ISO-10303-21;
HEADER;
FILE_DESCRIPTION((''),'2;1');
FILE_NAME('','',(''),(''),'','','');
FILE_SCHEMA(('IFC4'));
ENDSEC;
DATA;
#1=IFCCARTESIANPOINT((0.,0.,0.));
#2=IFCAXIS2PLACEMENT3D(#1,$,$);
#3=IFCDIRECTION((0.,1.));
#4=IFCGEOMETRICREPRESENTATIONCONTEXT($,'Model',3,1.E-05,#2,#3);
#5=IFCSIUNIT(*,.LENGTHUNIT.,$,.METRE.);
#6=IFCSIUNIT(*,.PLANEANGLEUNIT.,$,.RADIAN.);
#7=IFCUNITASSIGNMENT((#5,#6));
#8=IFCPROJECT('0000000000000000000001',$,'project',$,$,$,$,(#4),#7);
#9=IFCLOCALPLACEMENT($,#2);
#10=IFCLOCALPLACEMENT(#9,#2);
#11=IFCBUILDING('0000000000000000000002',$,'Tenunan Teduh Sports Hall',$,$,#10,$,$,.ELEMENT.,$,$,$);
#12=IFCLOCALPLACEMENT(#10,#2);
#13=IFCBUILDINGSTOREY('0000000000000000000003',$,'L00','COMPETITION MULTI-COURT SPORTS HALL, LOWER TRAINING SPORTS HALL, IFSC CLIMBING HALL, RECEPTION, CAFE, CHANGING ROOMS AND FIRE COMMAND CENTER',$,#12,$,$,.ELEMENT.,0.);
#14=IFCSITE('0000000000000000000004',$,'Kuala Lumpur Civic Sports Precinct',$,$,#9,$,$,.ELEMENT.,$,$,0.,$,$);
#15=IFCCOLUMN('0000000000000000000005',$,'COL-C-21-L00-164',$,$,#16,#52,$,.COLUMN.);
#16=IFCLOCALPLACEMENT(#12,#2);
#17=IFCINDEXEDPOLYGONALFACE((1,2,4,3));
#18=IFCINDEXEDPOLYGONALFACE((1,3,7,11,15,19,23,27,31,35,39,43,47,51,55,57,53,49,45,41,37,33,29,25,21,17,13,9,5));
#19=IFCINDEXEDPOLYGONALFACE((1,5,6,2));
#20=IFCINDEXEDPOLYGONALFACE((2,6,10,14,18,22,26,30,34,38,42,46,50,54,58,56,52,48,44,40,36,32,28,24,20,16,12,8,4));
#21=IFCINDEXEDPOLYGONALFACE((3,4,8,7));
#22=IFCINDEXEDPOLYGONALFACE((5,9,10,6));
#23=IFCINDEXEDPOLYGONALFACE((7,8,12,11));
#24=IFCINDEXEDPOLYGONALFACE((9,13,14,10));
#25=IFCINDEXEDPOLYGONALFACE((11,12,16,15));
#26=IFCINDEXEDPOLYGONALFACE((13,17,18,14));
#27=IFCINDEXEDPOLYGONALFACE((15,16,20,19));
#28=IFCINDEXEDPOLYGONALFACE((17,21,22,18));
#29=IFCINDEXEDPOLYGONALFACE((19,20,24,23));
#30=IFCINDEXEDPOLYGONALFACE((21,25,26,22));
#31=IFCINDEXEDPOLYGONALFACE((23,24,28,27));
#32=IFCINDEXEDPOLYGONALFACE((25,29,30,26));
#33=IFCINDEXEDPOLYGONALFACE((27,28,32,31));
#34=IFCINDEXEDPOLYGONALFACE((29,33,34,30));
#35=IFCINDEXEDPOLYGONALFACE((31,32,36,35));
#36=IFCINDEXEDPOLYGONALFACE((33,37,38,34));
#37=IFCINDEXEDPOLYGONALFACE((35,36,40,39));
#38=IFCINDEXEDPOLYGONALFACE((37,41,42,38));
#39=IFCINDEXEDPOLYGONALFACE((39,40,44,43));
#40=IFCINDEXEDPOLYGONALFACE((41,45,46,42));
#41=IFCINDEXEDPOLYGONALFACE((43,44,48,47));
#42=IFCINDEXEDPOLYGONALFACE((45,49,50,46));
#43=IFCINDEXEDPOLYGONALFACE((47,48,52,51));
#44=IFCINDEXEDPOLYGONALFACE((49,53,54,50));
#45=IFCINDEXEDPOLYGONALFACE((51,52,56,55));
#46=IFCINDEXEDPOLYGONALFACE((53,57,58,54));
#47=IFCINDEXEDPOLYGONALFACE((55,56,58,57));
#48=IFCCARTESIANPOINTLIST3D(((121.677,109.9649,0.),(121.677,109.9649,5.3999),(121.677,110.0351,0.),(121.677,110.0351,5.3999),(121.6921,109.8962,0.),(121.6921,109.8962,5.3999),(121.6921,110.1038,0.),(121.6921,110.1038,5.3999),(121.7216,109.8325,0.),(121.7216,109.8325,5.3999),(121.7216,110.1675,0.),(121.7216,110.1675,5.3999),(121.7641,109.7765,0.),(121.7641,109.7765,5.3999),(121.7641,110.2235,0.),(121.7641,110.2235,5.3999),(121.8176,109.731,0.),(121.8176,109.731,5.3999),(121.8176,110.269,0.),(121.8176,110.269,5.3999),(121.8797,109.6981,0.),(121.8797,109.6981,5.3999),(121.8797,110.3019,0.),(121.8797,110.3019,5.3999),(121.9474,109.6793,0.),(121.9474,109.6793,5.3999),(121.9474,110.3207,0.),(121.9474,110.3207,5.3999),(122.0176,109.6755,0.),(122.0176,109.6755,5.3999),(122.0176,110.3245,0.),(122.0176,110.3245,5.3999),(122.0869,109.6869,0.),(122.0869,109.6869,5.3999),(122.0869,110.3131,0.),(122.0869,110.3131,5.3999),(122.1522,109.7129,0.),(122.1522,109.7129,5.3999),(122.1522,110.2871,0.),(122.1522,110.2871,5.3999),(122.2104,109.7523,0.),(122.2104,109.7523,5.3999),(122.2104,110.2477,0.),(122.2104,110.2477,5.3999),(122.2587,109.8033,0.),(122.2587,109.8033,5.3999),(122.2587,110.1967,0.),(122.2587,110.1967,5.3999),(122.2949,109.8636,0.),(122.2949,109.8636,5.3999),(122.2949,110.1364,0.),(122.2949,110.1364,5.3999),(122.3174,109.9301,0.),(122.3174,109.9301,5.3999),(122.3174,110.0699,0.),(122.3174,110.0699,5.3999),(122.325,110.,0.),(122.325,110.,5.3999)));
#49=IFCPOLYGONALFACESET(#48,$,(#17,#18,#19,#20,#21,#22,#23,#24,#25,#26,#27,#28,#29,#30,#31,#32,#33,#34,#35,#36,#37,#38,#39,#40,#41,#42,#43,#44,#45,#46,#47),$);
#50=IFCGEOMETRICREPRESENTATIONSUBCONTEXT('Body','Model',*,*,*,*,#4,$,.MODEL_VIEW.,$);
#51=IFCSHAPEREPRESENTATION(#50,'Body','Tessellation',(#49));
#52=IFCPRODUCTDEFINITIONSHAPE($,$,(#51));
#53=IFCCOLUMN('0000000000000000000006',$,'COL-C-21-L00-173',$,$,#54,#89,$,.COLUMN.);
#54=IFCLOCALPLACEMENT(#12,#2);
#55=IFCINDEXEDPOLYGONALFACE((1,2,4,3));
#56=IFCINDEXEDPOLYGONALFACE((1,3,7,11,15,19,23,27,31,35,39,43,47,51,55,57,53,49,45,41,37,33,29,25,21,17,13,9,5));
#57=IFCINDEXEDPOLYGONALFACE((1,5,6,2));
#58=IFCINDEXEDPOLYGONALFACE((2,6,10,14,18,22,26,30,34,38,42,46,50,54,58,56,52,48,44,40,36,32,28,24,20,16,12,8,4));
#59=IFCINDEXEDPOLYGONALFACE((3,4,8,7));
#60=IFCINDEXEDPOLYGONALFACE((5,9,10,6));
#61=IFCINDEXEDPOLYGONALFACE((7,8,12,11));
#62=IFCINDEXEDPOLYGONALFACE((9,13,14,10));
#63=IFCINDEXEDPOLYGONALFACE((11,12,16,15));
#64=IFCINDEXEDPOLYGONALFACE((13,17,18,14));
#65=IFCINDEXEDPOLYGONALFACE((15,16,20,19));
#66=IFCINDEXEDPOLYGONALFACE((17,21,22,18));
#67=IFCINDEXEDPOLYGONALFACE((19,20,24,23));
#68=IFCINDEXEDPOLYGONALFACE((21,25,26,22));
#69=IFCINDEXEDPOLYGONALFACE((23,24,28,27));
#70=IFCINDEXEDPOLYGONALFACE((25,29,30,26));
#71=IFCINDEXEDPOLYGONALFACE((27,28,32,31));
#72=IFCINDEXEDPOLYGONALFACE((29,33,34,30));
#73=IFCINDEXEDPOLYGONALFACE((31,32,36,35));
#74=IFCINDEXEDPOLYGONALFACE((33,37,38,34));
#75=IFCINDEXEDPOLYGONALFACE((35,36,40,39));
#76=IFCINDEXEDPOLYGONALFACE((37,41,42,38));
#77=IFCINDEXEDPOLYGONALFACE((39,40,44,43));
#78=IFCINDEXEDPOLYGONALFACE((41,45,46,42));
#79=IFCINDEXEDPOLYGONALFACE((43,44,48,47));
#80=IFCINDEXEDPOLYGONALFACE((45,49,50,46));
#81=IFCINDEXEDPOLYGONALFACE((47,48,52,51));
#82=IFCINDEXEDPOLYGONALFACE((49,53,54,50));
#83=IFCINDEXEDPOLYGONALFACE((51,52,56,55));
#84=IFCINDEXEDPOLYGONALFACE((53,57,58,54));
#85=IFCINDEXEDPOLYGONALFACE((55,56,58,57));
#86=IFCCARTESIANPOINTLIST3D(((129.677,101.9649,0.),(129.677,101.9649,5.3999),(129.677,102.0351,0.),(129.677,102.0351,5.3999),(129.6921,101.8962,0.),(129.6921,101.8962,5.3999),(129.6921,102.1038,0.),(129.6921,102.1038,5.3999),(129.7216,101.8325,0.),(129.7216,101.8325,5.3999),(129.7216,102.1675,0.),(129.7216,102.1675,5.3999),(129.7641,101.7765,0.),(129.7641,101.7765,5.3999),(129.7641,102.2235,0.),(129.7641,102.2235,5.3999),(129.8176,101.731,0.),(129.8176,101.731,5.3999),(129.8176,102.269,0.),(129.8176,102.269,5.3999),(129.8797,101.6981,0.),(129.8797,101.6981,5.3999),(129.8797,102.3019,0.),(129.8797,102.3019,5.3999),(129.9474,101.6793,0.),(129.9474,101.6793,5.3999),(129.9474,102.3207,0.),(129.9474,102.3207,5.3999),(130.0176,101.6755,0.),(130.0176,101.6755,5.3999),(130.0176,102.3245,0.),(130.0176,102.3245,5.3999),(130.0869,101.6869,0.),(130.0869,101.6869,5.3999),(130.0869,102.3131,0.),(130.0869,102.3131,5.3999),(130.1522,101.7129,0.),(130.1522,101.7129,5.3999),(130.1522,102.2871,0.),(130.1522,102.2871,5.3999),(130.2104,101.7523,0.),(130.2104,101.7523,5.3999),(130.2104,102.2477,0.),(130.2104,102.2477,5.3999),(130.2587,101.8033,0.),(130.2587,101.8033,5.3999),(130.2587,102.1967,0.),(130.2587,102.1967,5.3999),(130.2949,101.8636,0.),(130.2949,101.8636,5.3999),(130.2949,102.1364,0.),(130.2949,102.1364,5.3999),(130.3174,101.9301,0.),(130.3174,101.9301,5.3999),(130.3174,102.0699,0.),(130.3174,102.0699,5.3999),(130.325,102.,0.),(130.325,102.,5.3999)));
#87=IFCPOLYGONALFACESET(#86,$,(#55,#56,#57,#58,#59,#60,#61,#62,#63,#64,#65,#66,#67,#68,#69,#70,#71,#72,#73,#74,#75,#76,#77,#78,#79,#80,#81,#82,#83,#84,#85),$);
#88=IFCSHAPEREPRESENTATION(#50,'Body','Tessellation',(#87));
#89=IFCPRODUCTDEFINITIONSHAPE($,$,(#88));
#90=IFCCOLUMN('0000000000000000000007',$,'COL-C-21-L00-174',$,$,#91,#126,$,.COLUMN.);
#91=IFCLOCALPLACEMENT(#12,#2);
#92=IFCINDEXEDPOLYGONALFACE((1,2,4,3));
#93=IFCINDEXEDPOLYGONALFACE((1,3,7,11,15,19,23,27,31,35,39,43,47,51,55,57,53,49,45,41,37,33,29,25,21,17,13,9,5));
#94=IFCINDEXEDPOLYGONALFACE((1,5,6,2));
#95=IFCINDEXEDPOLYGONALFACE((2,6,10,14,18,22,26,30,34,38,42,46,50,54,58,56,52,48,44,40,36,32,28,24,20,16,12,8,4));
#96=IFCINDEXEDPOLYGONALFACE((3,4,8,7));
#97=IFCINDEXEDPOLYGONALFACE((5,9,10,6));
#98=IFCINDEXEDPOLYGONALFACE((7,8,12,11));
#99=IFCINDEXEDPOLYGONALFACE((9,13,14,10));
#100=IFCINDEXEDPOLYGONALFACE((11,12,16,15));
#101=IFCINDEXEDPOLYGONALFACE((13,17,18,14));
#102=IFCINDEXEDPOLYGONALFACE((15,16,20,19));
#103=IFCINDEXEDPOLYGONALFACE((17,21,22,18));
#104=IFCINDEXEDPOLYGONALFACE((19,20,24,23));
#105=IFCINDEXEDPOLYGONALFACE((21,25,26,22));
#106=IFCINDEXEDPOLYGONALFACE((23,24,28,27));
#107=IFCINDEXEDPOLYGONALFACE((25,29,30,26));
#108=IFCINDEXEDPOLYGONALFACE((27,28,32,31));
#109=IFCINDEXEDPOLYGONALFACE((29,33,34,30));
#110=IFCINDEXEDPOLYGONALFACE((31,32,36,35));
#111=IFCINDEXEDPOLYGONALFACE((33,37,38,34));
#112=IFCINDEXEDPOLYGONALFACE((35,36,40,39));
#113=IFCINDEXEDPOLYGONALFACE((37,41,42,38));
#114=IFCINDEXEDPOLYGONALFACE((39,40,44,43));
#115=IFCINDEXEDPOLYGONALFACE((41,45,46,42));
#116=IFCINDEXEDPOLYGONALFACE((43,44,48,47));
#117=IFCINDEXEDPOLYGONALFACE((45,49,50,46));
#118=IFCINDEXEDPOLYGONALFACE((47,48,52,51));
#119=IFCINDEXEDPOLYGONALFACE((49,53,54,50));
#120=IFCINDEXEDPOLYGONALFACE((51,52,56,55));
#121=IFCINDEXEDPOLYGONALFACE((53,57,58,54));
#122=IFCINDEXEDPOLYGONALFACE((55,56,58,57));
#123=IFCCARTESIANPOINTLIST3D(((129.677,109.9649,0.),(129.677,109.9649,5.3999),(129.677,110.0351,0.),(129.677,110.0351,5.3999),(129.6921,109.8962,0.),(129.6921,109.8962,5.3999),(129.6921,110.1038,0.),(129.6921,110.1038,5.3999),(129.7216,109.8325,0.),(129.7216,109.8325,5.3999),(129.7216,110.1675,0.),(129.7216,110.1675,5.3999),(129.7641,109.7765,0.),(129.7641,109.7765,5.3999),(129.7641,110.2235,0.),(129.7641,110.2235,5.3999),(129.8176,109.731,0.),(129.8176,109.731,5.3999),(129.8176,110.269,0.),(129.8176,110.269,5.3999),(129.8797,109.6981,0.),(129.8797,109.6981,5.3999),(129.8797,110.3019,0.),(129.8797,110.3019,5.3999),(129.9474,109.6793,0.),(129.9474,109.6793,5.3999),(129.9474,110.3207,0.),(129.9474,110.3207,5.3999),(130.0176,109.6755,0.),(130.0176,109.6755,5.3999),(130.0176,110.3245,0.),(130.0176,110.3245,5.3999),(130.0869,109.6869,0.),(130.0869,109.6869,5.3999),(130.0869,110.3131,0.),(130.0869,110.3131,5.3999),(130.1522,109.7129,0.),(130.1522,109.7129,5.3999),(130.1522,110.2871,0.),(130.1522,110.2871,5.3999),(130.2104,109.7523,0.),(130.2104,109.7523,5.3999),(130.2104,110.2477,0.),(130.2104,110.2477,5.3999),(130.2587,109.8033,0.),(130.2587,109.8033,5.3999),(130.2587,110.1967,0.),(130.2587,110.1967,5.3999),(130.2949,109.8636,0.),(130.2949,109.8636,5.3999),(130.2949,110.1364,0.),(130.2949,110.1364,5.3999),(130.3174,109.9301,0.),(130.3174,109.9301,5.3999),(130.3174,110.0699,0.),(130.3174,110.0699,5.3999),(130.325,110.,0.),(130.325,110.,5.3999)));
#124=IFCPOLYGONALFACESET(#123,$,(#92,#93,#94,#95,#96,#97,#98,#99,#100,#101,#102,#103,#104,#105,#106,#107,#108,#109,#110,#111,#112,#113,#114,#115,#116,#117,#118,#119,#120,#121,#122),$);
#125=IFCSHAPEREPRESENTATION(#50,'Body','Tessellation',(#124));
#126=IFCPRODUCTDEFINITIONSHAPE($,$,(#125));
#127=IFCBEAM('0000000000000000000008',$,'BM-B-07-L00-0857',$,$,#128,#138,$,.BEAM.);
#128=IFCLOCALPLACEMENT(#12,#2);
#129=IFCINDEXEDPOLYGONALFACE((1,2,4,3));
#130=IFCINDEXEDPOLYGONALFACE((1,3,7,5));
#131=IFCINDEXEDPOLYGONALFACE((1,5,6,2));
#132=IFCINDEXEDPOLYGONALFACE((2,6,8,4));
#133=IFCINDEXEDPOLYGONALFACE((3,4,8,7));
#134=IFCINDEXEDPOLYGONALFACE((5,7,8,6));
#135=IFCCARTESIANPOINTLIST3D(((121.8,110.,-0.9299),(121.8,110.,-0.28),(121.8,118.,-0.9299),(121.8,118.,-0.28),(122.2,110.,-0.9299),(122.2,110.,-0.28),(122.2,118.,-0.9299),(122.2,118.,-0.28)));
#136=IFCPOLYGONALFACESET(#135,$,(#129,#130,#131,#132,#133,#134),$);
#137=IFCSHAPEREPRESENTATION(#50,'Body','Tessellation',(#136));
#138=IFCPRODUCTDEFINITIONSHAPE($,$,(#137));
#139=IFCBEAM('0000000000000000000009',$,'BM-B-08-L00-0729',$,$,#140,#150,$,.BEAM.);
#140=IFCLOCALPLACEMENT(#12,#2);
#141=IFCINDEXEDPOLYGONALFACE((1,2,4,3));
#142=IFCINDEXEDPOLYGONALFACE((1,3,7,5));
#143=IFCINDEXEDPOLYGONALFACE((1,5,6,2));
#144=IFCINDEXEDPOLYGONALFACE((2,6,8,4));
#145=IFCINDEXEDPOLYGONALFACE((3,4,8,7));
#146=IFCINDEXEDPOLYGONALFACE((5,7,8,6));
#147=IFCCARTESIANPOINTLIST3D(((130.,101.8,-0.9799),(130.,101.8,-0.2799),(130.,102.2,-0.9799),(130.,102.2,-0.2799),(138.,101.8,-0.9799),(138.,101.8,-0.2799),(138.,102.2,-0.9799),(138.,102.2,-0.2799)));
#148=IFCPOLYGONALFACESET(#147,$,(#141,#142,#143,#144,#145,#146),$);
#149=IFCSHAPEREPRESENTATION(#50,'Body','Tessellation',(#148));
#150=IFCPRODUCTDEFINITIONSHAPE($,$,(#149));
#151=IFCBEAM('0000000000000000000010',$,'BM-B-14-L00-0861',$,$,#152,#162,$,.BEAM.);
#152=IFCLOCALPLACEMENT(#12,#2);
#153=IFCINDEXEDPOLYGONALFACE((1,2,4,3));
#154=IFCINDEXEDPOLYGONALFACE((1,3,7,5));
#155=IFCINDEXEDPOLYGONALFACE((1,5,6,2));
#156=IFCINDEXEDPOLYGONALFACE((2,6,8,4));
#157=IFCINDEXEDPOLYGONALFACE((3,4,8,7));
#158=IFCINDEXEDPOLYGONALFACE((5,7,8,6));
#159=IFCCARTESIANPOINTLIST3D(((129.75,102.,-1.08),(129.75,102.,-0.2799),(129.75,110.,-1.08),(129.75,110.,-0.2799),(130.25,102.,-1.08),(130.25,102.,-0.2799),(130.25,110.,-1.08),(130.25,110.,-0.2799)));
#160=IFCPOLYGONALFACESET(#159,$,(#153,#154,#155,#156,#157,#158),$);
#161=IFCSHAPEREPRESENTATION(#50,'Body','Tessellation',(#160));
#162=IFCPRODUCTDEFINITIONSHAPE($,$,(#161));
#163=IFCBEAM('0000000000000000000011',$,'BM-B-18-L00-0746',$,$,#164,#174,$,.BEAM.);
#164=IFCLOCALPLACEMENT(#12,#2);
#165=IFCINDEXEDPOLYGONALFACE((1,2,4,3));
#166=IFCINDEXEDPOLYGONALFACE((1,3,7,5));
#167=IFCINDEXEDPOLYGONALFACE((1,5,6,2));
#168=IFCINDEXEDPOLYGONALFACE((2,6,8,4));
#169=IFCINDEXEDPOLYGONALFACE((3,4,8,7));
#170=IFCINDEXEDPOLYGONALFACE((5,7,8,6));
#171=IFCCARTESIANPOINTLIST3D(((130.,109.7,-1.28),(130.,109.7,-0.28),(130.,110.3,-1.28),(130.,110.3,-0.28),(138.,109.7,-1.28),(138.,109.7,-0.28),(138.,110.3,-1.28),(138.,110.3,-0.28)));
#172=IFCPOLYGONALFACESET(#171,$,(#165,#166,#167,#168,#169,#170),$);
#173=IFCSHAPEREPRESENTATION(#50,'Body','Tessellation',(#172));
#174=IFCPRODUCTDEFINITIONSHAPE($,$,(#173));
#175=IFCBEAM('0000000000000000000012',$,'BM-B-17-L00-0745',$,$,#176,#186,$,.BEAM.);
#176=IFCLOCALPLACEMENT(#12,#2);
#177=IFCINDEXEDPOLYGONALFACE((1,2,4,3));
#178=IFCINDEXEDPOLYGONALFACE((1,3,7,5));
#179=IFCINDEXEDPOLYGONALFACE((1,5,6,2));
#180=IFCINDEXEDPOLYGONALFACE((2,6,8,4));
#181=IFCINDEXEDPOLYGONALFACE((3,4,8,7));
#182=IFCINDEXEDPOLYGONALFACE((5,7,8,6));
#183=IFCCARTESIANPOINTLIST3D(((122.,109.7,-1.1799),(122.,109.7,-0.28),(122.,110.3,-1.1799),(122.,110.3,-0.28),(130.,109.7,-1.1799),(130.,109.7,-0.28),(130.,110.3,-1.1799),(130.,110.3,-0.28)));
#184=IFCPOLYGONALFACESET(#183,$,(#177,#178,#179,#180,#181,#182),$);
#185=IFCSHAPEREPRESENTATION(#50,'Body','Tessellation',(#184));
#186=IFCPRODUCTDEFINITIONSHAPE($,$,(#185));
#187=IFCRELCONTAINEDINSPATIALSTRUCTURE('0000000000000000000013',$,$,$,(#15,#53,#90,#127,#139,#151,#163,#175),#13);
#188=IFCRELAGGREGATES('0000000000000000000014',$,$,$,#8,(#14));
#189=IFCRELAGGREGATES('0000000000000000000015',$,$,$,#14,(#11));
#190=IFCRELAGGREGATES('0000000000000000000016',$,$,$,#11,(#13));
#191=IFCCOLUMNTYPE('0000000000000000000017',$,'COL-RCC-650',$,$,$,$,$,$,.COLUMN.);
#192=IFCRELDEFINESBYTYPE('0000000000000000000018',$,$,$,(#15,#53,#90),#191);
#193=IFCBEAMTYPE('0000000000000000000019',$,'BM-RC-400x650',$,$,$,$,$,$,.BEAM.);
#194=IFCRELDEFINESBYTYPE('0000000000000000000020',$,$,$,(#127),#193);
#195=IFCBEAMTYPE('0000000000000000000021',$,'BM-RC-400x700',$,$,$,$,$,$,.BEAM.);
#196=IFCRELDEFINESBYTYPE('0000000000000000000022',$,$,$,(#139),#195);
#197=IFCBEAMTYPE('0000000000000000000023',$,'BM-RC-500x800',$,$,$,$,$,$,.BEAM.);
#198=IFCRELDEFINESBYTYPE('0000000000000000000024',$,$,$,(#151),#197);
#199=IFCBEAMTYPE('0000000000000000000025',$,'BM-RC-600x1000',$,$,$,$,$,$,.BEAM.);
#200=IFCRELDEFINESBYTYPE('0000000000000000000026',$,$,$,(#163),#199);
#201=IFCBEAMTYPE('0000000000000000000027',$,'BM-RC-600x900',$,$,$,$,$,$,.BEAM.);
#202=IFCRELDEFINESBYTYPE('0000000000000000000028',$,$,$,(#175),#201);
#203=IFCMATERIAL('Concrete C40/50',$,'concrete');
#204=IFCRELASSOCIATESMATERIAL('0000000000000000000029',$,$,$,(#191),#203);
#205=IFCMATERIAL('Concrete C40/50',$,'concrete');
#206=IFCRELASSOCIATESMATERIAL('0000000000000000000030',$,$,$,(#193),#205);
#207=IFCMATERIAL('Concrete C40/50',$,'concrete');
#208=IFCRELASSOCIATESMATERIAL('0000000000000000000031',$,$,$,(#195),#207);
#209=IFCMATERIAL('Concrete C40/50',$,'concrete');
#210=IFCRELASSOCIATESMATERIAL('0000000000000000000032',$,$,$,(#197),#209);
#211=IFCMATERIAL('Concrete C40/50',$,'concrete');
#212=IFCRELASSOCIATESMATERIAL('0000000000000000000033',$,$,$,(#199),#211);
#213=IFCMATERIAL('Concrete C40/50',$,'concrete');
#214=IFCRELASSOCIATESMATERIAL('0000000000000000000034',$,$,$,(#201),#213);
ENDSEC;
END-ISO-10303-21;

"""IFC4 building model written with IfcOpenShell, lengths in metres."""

from ifc_helpers import new_model, si_unit, direction, frame, origin, origin_2d, place, context, subcontext, project, spatial, rectangle, circle, extrude, material, material_profile, profile_set, type_object, element, save


model = new_model("IFC4")

# Units and contexts
model_context = context("Model", 3, precision=1e-05, world=origin(), true_north=direction((0.0, 1.0)))
body_context = subcontext(model_context, "Body", "Model", "MODEL_VIEW")
ifc_project = project(units=[si_unit("LENGTHUNIT", "METRE"), si_unit("PLANEANGLEUNIT", "RADIAN")], contexts=[model_context])

# Site, building, storey
site_placement = place(None, origin())
site = spatial("IfcSite", under=ifc_project, at=site_placement, Name="Kuala Lumpur Civic Sports Precinct", CompositionType="ELEMENT", RefElevation=0.0)
building_placement = place(site_placement, origin())
building = spatial("IfcBuilding", under=site, at=building_placement, Name="Tenunan Teduh Sports Hall", CompositionType="ELEMENT")
storey_placement = place(building_placement, origin())
storey = spatial("IfcBuildingStorey", under=building, at=storey_placement, Name="L00", Description="COMPETITION MULTI-COURT SPORTS HALL, LOWER TRAINING SPORTS HALL, IFSC CLIMBING HALL, RECEPTION, CAFE, CHANGING ROOMS AND FIRE COMMAND CENTER", CompositionType="ELEMENT", Elevation=0.0)

# Columns
ifc_material_1 = material(Name="Concrete C40/50", Category="concrete")
ifc_material_profile_1 = material_profile(ifc_material_1, circle(Radius=0.325, at=origin_2d()), Name="RCC D650")
ifc_profile_set_1 = profile_set([ifc_material_profile_1], Name="Concrete C40/50")
column_type = type_object("IfcColumnType", Name="COL-RCC-650", PredefinedType="COLUMN", material=ifc_profile_set_1)
for number, where, z_axis, x_axis, name in (
    (1, (122.0, 110.0, 0.0), (0.0, 0.0, 1.0), (1.0, 0.0, 0.0), "COL-C-21-L00-164"),
    (2, (130.0, 102.0, 0.0), (0.0, 0.0, 1.0), (1.0, 0.0, 0.0), "COL-C-21-L00-173"),
    (3, (130.0, 110.0, 0.0), (0.0, 0.0, 1.0), (1.0, 0.0, 0.0), "COL-C-21-L00-174"),
):
    element("IfcColumn", number, at=place(storey_placement, frame(where, z_axis=z_axis, x_axis=x_axis)), inside=storey, type_object=column_type, Name=name, PredefinedType="COLUMN", context=body_context, shape_type="SweptSolid", body=[
        extrude(circle(Radius=0.325, at=origin_2d()), origin(), (0.0, 0.0, 1.0), 5.3999),
    ])

# Beams
ifc_material_2 = material(Name="Concrete C40/50", Category="concrete")
ifc_material_profile_2 = material_profile(ifc_material_2, rectangle(XDim=0.3999, YDim=0.6499, at=origin_2d()), Name="RCB 400x650")
ifc_profile_set_2 = profile_set([ifc_material_profile_2], Name="Concrete C40/50")
beam_type_1 = type_object("IfcBeamType", Name="BM-RC-400x650", PredefinedType="BEAM", material=ifc_profile_set_2)
beam_1_placement = place(storey_placement, frame((122.0, 110.0, -0.605), z_axis=(0.0, 1.0, 0.0), x_axis=(-1.0, 0.0, 0.0)))
element("IfcBeam", 4, at=beam_1_placement, inside=storey, type_object=beam_type_1, Name="BM-B-07-L00-0857", PredefinedType="BEAM", context=body_context, shape_type="SweptSolid", body=[
    extrude(rectangle(XDim=0.3999, YDim=0.6499, at=origin_2d()), origin(), (0.0, 0.0, 1.0), 8.0),
])
ifc_material_3 = material(Name="Concrete C40/50", Category="concrete")
ifc_material_profile_3 = material_profile(ifc_material_3, rectangle(XDim=0.3999, YDim=0.7, at=origin_2d()), Name="RCB 400x700")
ifc_profile_set_3 = profile_set([ifc_material_profile_3], Name="Concrete C40/50")
beam_type_2 = type_object("IfcBeamType", Name="BM-RC-400x700", PredefinedType="BEAM", material=ifc_profile_set_3)
beam_2_placement = place(storey_placement, frame((130.0, 102.0, -0.6299), z_axis=(1.0, 0.0, 0.0), x_axis=(0.0, 1.0, 0.0)))
element("IfcBeam", 5, at=beam_2_placement, inside=storey, type_object=beam_type_2, Name="BM-B-08-L00-0729", PredefinedType="BEAM", context=body_context, shape_type="SweptSolid", body=[
    extrude(rectangle(XDim=0.3999, YDim=0.7, at=origin_2d()), origin(), (0.0, 0.0, 1.0), 8.0),
])
ifc_material_4 = material(Name="Concrete C40/50", Category="concrete")
ifc_material_profile_4 = material_profile(ifc_material_4, rectangle(XDim=0.5, YDim=0.8, at=origin_2d()), Name="RCB 500x800")
ifc_profile_set_4 = profile_set([ifc_material_profile_4], Name="Concrete C40/50")
beam_type_3 = type_object("IfcBeamType", Name="BM-RC-500x800", PredefinedType="BEAM", material=ifc_profile_set_4)
beam_3_placement = place(storey_placement, frame((130.0, 102.0, -0.6799), z_axis=(0.0, 1.0, 0.0), x_axis=(-1.0, 0.0, 0.0)))
element("IfcBeam", 6, at=beam_3_placement, inside=storey, type_object=beam_type_3, Name="BM-B-14-L00-0861", PredefinedType="BEAM", context=body_context, shape_type="SweptSolid", body=[
    extrude(rectangle(XDim=0.5, YDim=0.8, at=origin_2d()), origin(), (0.0, 0.0, 1.0), 8.0),
])
ifc_material_5 = material(Name="Concrete C40/50", Category="concrete")
ifc_material_profile_5 = material_profile(ifc_material_5, rectangle(XDim=0.6001, YDim=1.0, at=origin_2d()), Name="RCB 600x1000")
ifc_profile_set_5 = profile_set([ifc_material_profile_5], Name="Concrete C40/50")
beam_type_4 = type_object("IfcBeamType", Name="BM-RC-600x1000", PredefinedType="BEAM", material=ifc_profile_set_5)
beam_4_placement = place(storey_placement, frame((130.0, 110.0, -0.78), z_axis=(1.0, 0.0, 0.0), x_axis=(0.0, 1.0, 0.0)))
element("IfcBeam", 7, at=beam_4_placement, inside=storey, type_object=beam_type_4, Name="BM-B-18-L00-0746", PredefinedType="BEAM", context=body_context, shape_type="SweptSolid", body=[
    extrude(rectangle(XDim=0.6001, YDim=1.0, at=origin_2d()), origin(), (0.0, 0.0, 1.0), 8.0),
])
ifc_material_6 = material(Name="Concrete C40/50", Category="concrete")
ifc_material_profile_6 = material_profile(ifc_material_6, rectangle(XDim=0.6001, YDim=0.8999, at=origin_2d()), Name="RCB 600x900")
ifc_profile_set_6 = profile_set([ifc_material_profile_6], Name="Concrete C40/50")
beam_type_5 = type_object("IfcBeamType", Name="BM-RC-600x900", PredefinedType="BEAM", material=ifc_profile_set_6)
beam_5_placement = place(storey_placement, frame((122.0, 110.0, -0.73), z_axis=(1.0, 0.0, 0.0), x_axis=(0.0, 1.0, 0.0)))
element("IfcBeam", 8, at=beam_5_placement, inside=storey, type_object=beam_type_5, Name="BM-B-17-L00-0745", PredefinedType="BEAM", context=body_context, shape_type="SweptSolid", body=[
    extrude(rectangle(XDim=0.6001, YDim=0.8999, at=origin_2d()), origin(), (0.0, 0.0, 1.0), 8.0),
])

save(model, "model.ifc")
